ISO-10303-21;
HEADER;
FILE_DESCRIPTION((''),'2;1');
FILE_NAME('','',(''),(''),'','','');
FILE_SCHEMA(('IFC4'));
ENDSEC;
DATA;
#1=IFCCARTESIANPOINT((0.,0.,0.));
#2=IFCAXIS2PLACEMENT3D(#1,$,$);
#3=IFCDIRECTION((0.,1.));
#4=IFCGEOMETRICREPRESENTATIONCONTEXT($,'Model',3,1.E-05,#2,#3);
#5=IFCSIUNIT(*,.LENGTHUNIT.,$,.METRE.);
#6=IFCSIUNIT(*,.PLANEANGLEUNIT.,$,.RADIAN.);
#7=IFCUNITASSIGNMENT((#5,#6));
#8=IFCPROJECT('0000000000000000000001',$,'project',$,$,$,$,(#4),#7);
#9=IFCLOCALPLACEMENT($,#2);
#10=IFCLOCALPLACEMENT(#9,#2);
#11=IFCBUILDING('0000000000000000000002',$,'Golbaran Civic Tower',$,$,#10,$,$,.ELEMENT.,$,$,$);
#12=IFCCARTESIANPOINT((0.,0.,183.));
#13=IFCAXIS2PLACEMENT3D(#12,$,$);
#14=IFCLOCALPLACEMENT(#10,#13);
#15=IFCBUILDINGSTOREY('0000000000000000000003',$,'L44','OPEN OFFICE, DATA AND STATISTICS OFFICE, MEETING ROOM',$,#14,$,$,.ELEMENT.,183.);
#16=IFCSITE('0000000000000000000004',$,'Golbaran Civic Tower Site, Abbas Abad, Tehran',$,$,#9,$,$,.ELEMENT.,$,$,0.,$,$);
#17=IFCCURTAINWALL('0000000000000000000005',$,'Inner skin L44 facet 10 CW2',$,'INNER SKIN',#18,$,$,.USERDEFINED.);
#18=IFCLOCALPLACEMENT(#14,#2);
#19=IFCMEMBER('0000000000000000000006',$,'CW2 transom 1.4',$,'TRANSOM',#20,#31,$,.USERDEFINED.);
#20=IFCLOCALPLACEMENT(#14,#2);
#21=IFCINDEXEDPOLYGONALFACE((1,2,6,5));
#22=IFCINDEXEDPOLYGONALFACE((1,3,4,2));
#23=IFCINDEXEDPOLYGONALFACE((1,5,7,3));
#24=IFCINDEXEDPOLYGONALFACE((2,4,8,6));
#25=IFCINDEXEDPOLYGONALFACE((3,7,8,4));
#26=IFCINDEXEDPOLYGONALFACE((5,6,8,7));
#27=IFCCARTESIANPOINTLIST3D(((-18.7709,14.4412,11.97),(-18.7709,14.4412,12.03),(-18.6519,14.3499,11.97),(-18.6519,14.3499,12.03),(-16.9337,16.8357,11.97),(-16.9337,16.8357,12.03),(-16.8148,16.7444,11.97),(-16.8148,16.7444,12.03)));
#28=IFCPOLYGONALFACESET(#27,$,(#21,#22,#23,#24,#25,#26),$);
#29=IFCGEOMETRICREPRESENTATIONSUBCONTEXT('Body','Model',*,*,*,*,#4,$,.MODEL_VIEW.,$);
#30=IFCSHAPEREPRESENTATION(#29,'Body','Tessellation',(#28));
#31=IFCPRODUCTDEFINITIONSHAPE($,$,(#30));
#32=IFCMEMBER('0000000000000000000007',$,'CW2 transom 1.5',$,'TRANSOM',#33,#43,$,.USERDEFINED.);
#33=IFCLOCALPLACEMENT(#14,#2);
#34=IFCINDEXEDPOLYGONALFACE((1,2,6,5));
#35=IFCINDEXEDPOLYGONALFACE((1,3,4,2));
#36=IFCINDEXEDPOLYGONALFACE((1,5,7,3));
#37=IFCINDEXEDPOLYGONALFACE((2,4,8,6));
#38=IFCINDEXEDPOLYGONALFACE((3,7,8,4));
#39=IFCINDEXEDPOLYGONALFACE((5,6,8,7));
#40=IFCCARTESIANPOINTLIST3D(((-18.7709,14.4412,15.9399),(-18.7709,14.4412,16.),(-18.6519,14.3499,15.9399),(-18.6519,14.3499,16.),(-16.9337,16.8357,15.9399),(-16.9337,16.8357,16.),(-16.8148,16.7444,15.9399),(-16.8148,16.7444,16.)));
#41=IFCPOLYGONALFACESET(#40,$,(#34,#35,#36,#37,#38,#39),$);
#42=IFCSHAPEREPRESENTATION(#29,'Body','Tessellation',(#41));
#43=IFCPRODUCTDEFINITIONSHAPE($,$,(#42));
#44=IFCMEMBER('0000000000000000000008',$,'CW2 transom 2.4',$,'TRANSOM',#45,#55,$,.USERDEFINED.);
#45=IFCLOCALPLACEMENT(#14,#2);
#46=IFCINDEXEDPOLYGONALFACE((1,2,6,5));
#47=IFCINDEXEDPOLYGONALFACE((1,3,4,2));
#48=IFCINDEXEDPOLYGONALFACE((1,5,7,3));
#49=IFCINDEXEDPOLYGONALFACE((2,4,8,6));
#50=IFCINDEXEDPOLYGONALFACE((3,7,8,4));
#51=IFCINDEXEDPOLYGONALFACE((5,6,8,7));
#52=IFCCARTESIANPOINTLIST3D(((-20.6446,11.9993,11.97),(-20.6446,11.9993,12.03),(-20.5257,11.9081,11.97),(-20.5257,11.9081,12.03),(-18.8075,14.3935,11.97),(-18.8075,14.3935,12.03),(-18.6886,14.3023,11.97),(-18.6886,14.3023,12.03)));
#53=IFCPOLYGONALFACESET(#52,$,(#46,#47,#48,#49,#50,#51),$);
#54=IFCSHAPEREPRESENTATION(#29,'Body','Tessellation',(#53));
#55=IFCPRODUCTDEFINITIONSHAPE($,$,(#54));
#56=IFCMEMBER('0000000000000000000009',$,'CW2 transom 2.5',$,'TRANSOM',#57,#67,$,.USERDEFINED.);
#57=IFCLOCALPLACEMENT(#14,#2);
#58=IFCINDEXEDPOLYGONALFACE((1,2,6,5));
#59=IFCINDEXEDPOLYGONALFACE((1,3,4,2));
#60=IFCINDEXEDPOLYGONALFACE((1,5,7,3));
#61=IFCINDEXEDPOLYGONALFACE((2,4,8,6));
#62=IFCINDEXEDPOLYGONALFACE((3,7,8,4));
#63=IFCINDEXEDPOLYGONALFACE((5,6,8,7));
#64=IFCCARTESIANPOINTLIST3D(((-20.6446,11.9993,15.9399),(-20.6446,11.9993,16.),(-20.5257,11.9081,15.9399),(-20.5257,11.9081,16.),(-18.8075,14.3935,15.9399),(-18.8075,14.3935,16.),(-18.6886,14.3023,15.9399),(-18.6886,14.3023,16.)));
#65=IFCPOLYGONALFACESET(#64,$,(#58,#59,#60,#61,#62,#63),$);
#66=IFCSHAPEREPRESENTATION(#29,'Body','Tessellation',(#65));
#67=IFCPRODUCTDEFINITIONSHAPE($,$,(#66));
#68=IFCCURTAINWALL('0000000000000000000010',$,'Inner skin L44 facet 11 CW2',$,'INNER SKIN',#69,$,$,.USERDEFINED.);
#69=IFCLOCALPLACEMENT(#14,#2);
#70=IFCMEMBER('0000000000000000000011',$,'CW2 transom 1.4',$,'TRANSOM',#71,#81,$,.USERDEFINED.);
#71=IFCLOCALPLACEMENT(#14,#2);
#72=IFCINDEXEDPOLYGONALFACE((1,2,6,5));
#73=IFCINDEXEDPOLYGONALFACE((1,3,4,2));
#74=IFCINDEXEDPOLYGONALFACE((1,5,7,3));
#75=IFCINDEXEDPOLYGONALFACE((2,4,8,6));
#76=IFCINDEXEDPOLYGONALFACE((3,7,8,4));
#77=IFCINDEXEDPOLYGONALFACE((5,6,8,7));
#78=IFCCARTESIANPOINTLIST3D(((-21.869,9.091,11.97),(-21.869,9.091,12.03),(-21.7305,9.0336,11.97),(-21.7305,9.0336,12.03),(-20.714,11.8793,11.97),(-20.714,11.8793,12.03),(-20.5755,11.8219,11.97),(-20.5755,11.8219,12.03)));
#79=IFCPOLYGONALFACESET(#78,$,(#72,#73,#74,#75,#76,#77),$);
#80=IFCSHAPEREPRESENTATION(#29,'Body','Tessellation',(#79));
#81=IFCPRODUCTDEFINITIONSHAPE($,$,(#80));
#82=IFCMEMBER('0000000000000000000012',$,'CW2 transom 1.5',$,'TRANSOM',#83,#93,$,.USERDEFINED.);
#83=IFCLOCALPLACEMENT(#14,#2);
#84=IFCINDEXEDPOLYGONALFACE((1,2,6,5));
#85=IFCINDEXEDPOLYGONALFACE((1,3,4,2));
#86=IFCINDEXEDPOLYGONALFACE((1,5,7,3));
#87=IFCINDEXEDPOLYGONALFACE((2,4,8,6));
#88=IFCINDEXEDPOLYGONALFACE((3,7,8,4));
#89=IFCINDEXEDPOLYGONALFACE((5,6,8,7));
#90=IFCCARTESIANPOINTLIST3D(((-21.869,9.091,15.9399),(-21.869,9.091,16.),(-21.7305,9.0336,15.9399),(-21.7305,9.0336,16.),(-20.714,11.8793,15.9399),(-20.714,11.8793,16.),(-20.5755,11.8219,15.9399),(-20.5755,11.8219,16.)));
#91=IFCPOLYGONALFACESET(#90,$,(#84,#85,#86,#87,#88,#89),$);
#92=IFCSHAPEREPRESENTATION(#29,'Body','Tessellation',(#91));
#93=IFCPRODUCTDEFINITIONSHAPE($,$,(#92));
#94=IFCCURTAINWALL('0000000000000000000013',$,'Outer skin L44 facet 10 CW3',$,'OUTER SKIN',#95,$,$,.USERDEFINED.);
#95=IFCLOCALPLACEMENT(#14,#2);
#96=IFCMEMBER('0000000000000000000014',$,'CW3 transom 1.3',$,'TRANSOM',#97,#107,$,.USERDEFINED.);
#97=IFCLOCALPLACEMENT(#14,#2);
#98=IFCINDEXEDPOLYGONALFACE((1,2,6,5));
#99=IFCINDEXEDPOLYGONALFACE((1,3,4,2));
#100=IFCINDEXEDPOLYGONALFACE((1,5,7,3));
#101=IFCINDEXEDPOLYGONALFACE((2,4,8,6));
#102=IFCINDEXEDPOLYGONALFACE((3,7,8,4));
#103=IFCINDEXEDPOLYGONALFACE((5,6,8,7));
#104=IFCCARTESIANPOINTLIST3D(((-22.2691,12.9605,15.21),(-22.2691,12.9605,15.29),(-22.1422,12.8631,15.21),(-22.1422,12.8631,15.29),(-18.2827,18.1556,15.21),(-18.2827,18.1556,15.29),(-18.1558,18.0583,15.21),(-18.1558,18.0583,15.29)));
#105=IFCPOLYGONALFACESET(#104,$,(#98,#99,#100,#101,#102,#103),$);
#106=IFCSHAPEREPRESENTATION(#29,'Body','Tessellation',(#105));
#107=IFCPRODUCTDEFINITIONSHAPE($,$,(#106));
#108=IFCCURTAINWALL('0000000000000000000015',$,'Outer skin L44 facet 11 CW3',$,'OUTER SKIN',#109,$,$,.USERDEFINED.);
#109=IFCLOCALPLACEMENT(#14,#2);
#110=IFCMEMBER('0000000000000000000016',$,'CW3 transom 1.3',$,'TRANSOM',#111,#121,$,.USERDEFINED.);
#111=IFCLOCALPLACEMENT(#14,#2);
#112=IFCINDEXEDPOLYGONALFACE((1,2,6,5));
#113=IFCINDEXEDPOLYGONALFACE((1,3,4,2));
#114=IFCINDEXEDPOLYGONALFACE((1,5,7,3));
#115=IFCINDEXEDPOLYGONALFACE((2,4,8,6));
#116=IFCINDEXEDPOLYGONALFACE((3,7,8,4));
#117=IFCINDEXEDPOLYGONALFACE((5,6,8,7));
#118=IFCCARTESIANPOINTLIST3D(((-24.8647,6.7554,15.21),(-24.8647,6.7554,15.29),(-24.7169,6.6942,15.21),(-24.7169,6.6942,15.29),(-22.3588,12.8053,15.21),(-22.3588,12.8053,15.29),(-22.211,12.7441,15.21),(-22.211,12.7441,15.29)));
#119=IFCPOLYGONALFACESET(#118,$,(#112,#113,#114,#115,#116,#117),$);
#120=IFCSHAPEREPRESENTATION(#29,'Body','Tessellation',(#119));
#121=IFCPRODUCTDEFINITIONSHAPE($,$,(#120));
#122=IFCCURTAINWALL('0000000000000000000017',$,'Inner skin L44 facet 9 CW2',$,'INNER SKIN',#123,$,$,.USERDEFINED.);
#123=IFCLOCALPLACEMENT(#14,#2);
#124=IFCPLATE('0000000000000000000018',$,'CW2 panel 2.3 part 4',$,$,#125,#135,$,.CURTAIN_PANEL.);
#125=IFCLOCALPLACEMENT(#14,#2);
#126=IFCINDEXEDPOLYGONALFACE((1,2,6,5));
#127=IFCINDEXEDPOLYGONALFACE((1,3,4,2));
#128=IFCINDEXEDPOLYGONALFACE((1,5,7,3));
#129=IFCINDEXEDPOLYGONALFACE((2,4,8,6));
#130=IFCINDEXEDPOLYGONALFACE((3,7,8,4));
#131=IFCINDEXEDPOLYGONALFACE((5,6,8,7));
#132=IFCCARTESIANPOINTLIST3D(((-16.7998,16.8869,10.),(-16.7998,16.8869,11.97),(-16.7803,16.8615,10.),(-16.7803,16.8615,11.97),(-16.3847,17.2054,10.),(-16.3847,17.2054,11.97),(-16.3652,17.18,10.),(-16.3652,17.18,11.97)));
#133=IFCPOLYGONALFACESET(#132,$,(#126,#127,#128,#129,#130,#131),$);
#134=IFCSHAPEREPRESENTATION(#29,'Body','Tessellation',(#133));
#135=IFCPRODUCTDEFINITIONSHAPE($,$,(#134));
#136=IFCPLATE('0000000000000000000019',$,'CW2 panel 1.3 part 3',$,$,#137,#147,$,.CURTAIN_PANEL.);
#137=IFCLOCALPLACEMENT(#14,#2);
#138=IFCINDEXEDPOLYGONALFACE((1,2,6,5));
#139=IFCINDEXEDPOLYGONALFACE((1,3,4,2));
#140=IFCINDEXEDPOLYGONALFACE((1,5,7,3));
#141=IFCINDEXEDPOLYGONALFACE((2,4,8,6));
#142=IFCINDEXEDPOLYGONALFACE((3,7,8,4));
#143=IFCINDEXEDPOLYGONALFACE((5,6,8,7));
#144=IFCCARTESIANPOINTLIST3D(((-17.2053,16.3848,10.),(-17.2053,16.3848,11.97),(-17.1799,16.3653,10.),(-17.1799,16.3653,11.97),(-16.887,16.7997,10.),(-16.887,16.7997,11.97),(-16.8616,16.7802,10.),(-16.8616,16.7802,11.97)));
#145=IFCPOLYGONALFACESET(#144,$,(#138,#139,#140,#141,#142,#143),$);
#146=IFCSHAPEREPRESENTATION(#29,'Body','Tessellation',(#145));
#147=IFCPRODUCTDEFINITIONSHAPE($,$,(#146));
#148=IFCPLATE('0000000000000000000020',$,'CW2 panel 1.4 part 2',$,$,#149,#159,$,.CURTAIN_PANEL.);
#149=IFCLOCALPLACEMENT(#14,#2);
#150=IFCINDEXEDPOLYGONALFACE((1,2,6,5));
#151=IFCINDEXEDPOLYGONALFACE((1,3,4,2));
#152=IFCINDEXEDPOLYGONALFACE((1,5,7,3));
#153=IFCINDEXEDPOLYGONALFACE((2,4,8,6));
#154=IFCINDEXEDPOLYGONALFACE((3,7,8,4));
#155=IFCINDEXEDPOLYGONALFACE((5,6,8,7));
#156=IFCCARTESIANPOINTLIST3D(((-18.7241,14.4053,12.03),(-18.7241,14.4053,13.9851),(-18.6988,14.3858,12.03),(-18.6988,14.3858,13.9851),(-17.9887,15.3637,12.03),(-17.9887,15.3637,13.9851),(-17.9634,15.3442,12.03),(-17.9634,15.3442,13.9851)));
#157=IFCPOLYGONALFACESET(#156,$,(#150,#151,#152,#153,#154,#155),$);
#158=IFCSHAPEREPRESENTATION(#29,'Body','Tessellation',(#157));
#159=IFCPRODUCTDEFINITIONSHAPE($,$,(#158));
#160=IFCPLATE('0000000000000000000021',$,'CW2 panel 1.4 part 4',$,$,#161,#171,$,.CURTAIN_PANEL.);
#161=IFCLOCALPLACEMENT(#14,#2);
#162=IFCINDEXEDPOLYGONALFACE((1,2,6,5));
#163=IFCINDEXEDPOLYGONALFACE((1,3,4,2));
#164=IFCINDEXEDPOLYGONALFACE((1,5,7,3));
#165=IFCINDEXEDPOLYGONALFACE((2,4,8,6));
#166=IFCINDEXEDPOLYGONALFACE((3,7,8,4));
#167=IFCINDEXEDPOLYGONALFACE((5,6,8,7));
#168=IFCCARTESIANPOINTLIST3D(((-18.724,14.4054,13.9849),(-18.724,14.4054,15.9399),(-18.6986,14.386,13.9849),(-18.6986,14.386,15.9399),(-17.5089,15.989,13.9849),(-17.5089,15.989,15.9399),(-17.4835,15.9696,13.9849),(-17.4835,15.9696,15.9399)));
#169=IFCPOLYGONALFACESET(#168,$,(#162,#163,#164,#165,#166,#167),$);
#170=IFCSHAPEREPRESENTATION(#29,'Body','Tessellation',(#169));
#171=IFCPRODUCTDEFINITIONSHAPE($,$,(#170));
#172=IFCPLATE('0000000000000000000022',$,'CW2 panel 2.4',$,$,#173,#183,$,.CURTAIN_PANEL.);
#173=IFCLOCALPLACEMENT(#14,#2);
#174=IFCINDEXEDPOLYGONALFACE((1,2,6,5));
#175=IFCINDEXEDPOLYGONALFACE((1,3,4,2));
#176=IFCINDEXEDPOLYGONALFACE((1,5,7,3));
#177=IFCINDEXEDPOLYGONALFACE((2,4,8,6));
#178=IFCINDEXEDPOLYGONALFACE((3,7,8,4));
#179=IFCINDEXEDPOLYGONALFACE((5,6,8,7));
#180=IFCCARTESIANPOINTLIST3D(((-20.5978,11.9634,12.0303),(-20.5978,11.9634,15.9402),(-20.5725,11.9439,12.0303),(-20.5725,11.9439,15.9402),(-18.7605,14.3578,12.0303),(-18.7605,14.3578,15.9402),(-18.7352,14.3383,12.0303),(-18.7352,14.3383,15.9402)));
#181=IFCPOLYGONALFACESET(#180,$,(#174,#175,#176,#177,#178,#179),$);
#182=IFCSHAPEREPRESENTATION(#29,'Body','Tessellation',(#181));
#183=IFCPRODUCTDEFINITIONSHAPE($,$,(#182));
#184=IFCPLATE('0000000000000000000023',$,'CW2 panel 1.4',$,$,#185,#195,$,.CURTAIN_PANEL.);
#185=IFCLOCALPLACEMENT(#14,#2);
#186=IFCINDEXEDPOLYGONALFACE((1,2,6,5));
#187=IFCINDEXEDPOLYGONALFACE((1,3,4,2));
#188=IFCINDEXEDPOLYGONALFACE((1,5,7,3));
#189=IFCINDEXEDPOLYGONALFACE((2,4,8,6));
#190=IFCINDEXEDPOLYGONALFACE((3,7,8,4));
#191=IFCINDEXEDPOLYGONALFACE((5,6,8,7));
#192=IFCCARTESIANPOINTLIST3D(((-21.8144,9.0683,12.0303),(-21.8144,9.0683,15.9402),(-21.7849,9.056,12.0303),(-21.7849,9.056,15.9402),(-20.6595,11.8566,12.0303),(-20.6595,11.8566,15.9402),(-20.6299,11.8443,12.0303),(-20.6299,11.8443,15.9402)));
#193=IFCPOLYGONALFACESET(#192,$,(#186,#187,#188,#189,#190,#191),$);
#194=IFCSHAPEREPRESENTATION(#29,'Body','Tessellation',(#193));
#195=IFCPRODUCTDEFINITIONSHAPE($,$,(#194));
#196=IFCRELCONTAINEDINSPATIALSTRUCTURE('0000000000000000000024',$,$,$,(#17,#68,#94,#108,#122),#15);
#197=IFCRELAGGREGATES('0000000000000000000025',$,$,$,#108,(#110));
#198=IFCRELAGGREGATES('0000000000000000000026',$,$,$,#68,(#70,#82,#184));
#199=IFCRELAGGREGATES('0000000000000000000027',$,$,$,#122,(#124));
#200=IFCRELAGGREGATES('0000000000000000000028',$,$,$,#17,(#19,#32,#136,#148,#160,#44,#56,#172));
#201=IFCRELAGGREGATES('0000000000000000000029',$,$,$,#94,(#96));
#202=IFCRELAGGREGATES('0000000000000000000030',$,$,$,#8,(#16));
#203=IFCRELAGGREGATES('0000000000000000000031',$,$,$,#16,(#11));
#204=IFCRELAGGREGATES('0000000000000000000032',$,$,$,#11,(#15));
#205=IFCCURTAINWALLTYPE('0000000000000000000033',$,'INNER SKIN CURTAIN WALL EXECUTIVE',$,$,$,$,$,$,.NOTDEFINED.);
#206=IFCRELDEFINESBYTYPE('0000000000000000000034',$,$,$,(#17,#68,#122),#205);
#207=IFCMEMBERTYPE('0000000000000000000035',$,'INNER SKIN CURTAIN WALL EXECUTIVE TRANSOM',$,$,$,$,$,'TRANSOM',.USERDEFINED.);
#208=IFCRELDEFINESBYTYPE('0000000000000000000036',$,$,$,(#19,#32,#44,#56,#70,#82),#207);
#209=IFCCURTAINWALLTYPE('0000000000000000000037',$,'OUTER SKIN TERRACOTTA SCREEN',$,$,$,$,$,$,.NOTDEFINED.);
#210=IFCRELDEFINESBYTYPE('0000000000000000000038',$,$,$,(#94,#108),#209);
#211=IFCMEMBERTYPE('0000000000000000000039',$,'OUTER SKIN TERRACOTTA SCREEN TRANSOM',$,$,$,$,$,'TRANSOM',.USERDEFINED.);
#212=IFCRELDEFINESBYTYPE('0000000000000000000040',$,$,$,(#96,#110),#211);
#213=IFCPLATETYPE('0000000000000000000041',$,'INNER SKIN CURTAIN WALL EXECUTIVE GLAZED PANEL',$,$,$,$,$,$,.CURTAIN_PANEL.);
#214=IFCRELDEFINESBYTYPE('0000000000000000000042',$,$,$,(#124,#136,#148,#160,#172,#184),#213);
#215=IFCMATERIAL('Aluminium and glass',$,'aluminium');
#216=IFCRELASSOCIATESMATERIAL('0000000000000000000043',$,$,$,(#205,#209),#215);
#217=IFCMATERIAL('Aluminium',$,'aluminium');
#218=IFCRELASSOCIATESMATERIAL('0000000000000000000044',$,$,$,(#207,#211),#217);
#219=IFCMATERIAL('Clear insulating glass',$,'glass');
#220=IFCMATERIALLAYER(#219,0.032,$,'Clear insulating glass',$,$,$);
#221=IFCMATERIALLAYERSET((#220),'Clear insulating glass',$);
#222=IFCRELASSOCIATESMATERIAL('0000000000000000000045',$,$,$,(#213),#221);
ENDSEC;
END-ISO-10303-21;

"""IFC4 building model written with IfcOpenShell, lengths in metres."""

from ifc_helpers import new_model, si_unit, direction, frame, origin, origin_2d, place, context, subcontext, project, spatial, rectangle, extrude, material, layer, layer_set, material_profile, profile_set, type_object, element, aggregate, save


model = new_model("IFC4")

# Units and contexts
model_context = context("Model", 3, precision=1e-05, world=origin(), true_north=direction((0.0, 1.0)))
body_context = subcontext(model_context, "Body", "Model", "MODEL_VIEW")
ifc_project = project(units=[si_unit("LENGTHUNIT", "METRE"), si_unit("PLANEANGLEUNIT", "RADIAN")], contexts=[model_context])

# Site, building, storey
site_placement = place(None, origin())
site = spatial("IfcSite", under=ifc_project, at=site_placement, Name="Golbaran Civic Tower Site, Abbas Abad, Tehran", CompositionType="ELEMENT", RefElevation=0.0)
building_placement = place(site_placement, origin())
building = spatial("IfcBuilding", under=site, at=building_placement, Name="Golbaran Civic Tower", CompositionType="ELEMENT")
storey_placement = place(building_placement, frame((0.0, 0.0, 183.0)))
storey = spatial("IfcBuildingStorey", under=building, at=storey_placement, Name="L44", Description="OPEN OFFICE, DATA AND STATISTICS OFFICE, MEETING ROOM", CompositionType="ELEMENT", Elevation=183.0)

# Curtain walls, members
ifc_material_1 = material(Name="Aluminium and glass", Category="aluminium")
curtain_wall_type_1 = type_object("IfcCurtainWallType", Name="INNER SKIN CURTAIN WALL EXECUTIVE", PredefinedType="NOTDEFINED", material=ifc_material_1)
curtain_wall_1_placement = place(storey_placement, origin())
curtain_wall_1 = element("IfcCurtainWall", 1, at=curtain_wall_1_placement, inside=storey, type_object=curtain_wall_type_1, Name="Inner skin L44 facet 10 CW2", ObjectType="INNER SKIN", PredefinedType="USERDEFINED")
ifc_material_2 = material(Name="Aluminium", Category="aluminium")
ifc_material_profile_1 = material_profile(ifc_material_2, rectangle(XDim=0.1499, YDim=0.0601, at=origin_2d()), Name="INNER SKIN CURTAIN WALL EXECUTIVE TRANSOM")
ifc_profile_set_1 = profile_set([ifc_material_profile_1], Name="Aluminium")
member_type_1 = type_object("IfcMemberType", Name="INNER SKIN CURTAIN WALL EXECUTIVE TRANSOM", ElementType="TRANSOM", PredefinedType="USERDEFINED", material=ifc_profile_set_1)
member_1_placement = place(storey_placement, frame((-16.8743, 16.79, 12.0), z_axis=(-0.608713, -0.79339, 0.0), x_axis=(0.79339, -0.608713, 0.0)))
member_1 = element("IfcMember", 2, at=member_1_placement, type_object=member_type_1, Name="CW2 transom 1.4", ObjectType="TRANSOM", PredefinedType="USERDEFINED", context=body_context, shape_type="SweptSolid", body=[
    extrude(rectangle(XDim=0.1499, YDim=0.0601, at=origin_2d()), origin(), (0.0, 0.0, 1.0), 3.0181),
])
member_2_placement = place(storey_placement, frame((-16.8743, 16.79, 15.97), z_axis=(-0.608713, -0.79339, 0.0), x_axis=(0.79339, -0.608713, 0.0)))
member_2 = element("IfcMember", 3, at=member_2_placement, type_object=member_type_1, Name="CW2 transom 1.5", ObjectType="TRANSOM", PredefinedType="USERDEFINED", context=body_context, shape_type="SweptSolid", body=[
    extrude(rectangle(XDim=0.1499, YDim=0.0601, at=origin_2d()), origin(), (0.0, 0.0, 1.0), 3.0181),
])
member_3_placement = place(storey_placement, frame((-18.748, 14.3479, 12.0), z_axis=(-0.608752, -0.79336, 0.0), x_axis=(0.79336, -0.608752, 0.0)))
member_3 = element("IfcMember", 4, at=member_3_placement, type_object=member_type_1, Name="CW2 transom 2.4", ObjectType="TRANSOM", PredefinedType="USERDEFINED", context=body_context, shape_type="SweptSolid", body=[
    extrude(rectangle(XDim=0.1499, YDim=0.0601, at=origin_2d()), origin(), (0.0, 0.0, 1.0), 3.0178),
])
member_4_placement = place(storey_placement, frame((-18.748, 14.3479, 15.97), z_axis=(-0.608752, -0.79336, 0.0), x_axis=(0.79336, -0.608752, 0.0)))
member_4 = element("IfcMember", 5, at=member_4_placement, type_object=member_type_1, Name="CW2 transom 2.5", ObjectType="TRANSOM", PredefinedType="USERDEFINED", context=body_context, shape_type="SweptSolid", body=[
    extrude(rectangle(XDim=0.1499, YDim=0.0601, at=origin_2d()), origin(), (0.0, 0.0, 1.0), 3.0178),
])
curtain_wall_2_placement = place(storey_placement, origin())
curtain_wall_2 = element("IfcCurtainWall", 6, at=curtain_wall_2_placement, inside=storey, type_object=curtain_wall_type_1, Name="Inner skin L44 facet 11 CW2", ObjectType="INNER SKIN", PredefinedType="USERDEFINED")
member_5_placement = place(storey_placement, frame((-20.6448, 11.8506, 12.0), z_axis=(-0.382702, -0.923872, 0.0), x_axis=(0.923872, -0.382702, 0.0)))
member_5 = element("IfcMember", 7, at=member_5_placement, type_object=member_type_1, Name="CW2 transom 1.4", ObjectType="TRANSOM", PredefinedType="USERDEFINED", context=body_context, shape_type="SweptSolid", body=[
    extrude(rectangle(XDim=0.1499, YDim=0.0601, at=origin_2d()), origin(), (0.0, 0.0, 1.0), 3.0181),
])
member_6_placement = place(storey_placement, frame((-20.6448, 11.8506, 15.97), z_axis=(-0.382702, -0.923872, 0.0), x_axis=(0.923872, -0.382702, 0.0)))
member_6 = element("IfcMember", 8, at=member_6_placement, type_object=member_type_1, Name="CW2 transom 1.5", ObjectType="TRANSOM", PredefinedType="USERDEFINED", context=body_context, shape_type="SweptSolid", body=[
    extrude(rectangle(XDim=0.1499, YDim=0.0601, at=origin_2d()), origin(), (0.0, 0.0, 1.0), 3.0181),
])

# Curtain walls, members
curtain_wall_type_2 = type_object("IfcCurtainWallType", Name="OUTER SKIN TERRACOTTA SCREEN", PredefinedType="NOTDEFINED", material=ifc_material_1)
curtain_wall_3_placement = place(storey_placement, origin())
curtain_wall_3 = element("IfcCurtainWall", 9, at=curtain_wall_3_placement, inside=storey, type_object=curtain_wall_type_2, Name="Outer skin L44 facet 10 CW3", ObjectType="OUTER SKIN", PredefinedType="USERDEFINED")
ifc_material_profile_2 = material_profile(ifc_material_2, rectangle(XDim=0.1599, YDim=0.0801, at=origin_2d()), Name="OUTER SKIN TERRACOTTA SCREEN TRANSOM")
ifc_profile_set_2 = profile_set([ifc_material_profile_2], Name="Aluminium")
member_type_2 = type_object("IfcMemberType", Name="OUTER SKIN TERRACOTTA SCREEN TRANSOM", ElementType="TRANSOM", PredefinedType="USERDEFINED", material=ifc_profile_set_2)
member_7_placement = place(storey_placement, frame((-18.2192, 18.1069, 15.25), z_axis=(-0.608763, -0.793352, 0.0), x_axis=(0.793352, -0.608763, 0.0)))
member_7 = element("IfcMember", 10, at=member_7_placement, type_object=member_type_2, Name="CW3 transom 1.3", ObjectType="TRANSOM", PredefinedType="USERDEFINED", context=body_context, shape_type="SweptSolid", body=[
    extrude(rectangle(XDim=0.1599, YDim=0.0801, at=origin_2d()), origin(), (0.0, 0.0, 1.0), 6.5483),
])
curtain_wall_4_placement = place(storey_placement, origin())
curtain_wall_4 = element("IfcCurtainWall", 11, at=curtain_wall_4_placement, inside=storey, type_object=curtain_wall_type_2, Name="Outer skin L44 facet 11 CW3", ObjectType="OUTER SKIN", PredefinedType="USERDEFINED")
member_8_placement = place(storey_placement, frame((-22.2849, 12.7747, 15.25), z_axis=(-0.382677, -0.923882, 0.0), x_axis=(0.923882, -0.382677, 0.0)))
member_8 = element("IfcMember", 12, at=member_8_placement, type_object=member_type_2, Name="CW3 transom 1.3", ObjectType="TRANSOM", PredefinedType="USERDEFINED", context=body_context, shape_type="SweptSolid", body=[
    extrude(rectangle(XDim=0.1599, YDim=0.0801, at=origin_2d()), origin(), (0.0, 0.0, 1.0), 6.5483),
])
aggregate(curtain_wall_4, [member_8])

# Curtain wall, plate
curtain_wall_5_placement = place(storey_placement, origin())
curtain_wall_5 = element("IfcCurtainWall", 13, at=curtain_wall_5_placement, inside=storey, type_object=curtain_wall_type_1, Name="Inner skin L44 facet 9 CW2", ObjectType="INNER SKIN", PredefinedType="USERDEFINED")
ifc_material_3 = material(Name="Clear insulating glass", Category="glass")
ifc_layer_1 = layer(ifc_material_3, 0.032, Name="Clear insulating glass")
ifc_layer_set_1 = layer_set([ifc_layer_1], Name="Clear insulating glass")
plate_type_1 = type_object("IfcPlateType", Name="INNER SKIN CURTAIN WALL EXECUTIVE GLAZED PANEL", PredefinedType="CURTAIN_PANEL", material=ifc_layer_set_1)
plate_1_placement = place(storey_placement, frame((-16.5825, 17.0334, 10.0), z_axis=(0.0, 0.0, 1.0), x_axis=(-0.793353, -0.608761, 0.0)))
plate_1 = element("IfcPlate", 14, at=plate_1_placement, type_object=plate_type_1, Name="CW2 panel 2.3 part 4", PredefinedType="CURTAIN_PANEL", context=body_context, shape_type="SweptSolid", body=[
    extrude(rectangle(XDim=0.5232, YDim=0.032, at=origin_2d()), origin(), (0.0, 0.0, 1.0), 1.97),
])

# Plates
plate_2_placement = place(storey_placement, frame((-17.0334, 16.5825, 10.0), z_axis=(0.0, 0.0, 1.0), x_axis=(-0.608761, -0.793353, 0.0)))
plate_2 = element("IfcPlate", 15, at=plate_2_placement, type_object=plate_type_1, Name="CW2 panel 1.3 part 3", PredefinedType="CURTAIN_PANEL", context=body_context, shape_type="SweptSolid", body=[
    extrude(rectangle(XDim=0.5229, YDim=0.032, at=origin_2d()), origin(), (0.0, 0.0, 1.0), 1.97),
])
plate_3_placement = place(storey_placement, frame((-18.3438, 14.8748, 12.03), z_axis=(0.0, 0.0, 1.0), x_axis=(-0.608761, -0.793353, 0.0)))
plate_3 = element("IfcPlate", 16, at=plate_3_placement, type_object=plate_type_1, Name="CW2 panel 1.4 part 2", PredefinedType="CURTAIN_PANEL", context=body_context, shape_type="SweptSolid", body=[
    extrude(rectangle(XDim=1.208, YDim=0.032, at=origin_2d()), origin(), (0.0, 0.0, 1.0), 1.9551),
])
plate_4_placement = place(storey_placement, frame((-18.1038, 15.1875, 13.9849), z_axis=(0.0, 0.0, 1.0), x_axis=(-0.608761, -0.793353, 0.0)))
plate_4 = element("IfcPlate", 17, at=plate_4_placement, type_object=plate_type_1, Name="CW2 panel 1.4 part 4", PredefinedType="CURTAIN_PANEL", context=body_context, shape_type="SweptSolid", body=[
    extrude(rectangle(XDim=1.9961, YDim=0.032, at=origin_2d()), origin(), (0.0, 0.0, 1.0), 1.9551),
])
plate_5_placement = place(storey_placement, frame((-19.6665, 13.1509, 12.0303), z_axis=(0.0, 0.0, 1.0), x_axis=(-0.608761, -0.793353, 0.0)))
plate_5 = element("IfcPlate", 18, at=plate_5_placement, type_object=plate_type_1, Name="CW2 panel 2.4", PredefinedType="CURTAIN_PANEL", context=body_context, shape_type="SweptSolid", body=[
    extrude(rectangle(XDim=3.0181, YDim=0.032, at=origin_2d()), origin(), (0.0, 0.0, 1.0), 3.9099),
])
plate_6_placement = place(storey_placement, frame((-21.2222, 10.4563, 12.0303), z_axis=(0.0, 0.0, 1.0), x_axis=(-0.382683, -0.92388, 0.0)))
plate_6 = element("IfcPlate", 19, at=plate_6_placement, type_object=plate_type_1, Name="CW2 panel 1.4", PredefinedType="CURTAIN_PANEL", context=body_context, shape_type="SweptSolid", body=[
    extrude(rectangle(XDim=3.0181, YDim=0.032, at=origin_2d()), origin(), (0.0, 0.0, 1.0), 3.9099),
])
aggregate(curtain_wall_2, [member_5, member_6, plate_6])
aggregate(curtain_wall_5, [plate_1])
aggregate(curtain_wall_1, [member_1, member_2, plate_2, plate_3, plate_4, member_3, member_4, plate_5])
aggregate(curtain_wall_3, [member_7])

save(model, "model.ifc")
